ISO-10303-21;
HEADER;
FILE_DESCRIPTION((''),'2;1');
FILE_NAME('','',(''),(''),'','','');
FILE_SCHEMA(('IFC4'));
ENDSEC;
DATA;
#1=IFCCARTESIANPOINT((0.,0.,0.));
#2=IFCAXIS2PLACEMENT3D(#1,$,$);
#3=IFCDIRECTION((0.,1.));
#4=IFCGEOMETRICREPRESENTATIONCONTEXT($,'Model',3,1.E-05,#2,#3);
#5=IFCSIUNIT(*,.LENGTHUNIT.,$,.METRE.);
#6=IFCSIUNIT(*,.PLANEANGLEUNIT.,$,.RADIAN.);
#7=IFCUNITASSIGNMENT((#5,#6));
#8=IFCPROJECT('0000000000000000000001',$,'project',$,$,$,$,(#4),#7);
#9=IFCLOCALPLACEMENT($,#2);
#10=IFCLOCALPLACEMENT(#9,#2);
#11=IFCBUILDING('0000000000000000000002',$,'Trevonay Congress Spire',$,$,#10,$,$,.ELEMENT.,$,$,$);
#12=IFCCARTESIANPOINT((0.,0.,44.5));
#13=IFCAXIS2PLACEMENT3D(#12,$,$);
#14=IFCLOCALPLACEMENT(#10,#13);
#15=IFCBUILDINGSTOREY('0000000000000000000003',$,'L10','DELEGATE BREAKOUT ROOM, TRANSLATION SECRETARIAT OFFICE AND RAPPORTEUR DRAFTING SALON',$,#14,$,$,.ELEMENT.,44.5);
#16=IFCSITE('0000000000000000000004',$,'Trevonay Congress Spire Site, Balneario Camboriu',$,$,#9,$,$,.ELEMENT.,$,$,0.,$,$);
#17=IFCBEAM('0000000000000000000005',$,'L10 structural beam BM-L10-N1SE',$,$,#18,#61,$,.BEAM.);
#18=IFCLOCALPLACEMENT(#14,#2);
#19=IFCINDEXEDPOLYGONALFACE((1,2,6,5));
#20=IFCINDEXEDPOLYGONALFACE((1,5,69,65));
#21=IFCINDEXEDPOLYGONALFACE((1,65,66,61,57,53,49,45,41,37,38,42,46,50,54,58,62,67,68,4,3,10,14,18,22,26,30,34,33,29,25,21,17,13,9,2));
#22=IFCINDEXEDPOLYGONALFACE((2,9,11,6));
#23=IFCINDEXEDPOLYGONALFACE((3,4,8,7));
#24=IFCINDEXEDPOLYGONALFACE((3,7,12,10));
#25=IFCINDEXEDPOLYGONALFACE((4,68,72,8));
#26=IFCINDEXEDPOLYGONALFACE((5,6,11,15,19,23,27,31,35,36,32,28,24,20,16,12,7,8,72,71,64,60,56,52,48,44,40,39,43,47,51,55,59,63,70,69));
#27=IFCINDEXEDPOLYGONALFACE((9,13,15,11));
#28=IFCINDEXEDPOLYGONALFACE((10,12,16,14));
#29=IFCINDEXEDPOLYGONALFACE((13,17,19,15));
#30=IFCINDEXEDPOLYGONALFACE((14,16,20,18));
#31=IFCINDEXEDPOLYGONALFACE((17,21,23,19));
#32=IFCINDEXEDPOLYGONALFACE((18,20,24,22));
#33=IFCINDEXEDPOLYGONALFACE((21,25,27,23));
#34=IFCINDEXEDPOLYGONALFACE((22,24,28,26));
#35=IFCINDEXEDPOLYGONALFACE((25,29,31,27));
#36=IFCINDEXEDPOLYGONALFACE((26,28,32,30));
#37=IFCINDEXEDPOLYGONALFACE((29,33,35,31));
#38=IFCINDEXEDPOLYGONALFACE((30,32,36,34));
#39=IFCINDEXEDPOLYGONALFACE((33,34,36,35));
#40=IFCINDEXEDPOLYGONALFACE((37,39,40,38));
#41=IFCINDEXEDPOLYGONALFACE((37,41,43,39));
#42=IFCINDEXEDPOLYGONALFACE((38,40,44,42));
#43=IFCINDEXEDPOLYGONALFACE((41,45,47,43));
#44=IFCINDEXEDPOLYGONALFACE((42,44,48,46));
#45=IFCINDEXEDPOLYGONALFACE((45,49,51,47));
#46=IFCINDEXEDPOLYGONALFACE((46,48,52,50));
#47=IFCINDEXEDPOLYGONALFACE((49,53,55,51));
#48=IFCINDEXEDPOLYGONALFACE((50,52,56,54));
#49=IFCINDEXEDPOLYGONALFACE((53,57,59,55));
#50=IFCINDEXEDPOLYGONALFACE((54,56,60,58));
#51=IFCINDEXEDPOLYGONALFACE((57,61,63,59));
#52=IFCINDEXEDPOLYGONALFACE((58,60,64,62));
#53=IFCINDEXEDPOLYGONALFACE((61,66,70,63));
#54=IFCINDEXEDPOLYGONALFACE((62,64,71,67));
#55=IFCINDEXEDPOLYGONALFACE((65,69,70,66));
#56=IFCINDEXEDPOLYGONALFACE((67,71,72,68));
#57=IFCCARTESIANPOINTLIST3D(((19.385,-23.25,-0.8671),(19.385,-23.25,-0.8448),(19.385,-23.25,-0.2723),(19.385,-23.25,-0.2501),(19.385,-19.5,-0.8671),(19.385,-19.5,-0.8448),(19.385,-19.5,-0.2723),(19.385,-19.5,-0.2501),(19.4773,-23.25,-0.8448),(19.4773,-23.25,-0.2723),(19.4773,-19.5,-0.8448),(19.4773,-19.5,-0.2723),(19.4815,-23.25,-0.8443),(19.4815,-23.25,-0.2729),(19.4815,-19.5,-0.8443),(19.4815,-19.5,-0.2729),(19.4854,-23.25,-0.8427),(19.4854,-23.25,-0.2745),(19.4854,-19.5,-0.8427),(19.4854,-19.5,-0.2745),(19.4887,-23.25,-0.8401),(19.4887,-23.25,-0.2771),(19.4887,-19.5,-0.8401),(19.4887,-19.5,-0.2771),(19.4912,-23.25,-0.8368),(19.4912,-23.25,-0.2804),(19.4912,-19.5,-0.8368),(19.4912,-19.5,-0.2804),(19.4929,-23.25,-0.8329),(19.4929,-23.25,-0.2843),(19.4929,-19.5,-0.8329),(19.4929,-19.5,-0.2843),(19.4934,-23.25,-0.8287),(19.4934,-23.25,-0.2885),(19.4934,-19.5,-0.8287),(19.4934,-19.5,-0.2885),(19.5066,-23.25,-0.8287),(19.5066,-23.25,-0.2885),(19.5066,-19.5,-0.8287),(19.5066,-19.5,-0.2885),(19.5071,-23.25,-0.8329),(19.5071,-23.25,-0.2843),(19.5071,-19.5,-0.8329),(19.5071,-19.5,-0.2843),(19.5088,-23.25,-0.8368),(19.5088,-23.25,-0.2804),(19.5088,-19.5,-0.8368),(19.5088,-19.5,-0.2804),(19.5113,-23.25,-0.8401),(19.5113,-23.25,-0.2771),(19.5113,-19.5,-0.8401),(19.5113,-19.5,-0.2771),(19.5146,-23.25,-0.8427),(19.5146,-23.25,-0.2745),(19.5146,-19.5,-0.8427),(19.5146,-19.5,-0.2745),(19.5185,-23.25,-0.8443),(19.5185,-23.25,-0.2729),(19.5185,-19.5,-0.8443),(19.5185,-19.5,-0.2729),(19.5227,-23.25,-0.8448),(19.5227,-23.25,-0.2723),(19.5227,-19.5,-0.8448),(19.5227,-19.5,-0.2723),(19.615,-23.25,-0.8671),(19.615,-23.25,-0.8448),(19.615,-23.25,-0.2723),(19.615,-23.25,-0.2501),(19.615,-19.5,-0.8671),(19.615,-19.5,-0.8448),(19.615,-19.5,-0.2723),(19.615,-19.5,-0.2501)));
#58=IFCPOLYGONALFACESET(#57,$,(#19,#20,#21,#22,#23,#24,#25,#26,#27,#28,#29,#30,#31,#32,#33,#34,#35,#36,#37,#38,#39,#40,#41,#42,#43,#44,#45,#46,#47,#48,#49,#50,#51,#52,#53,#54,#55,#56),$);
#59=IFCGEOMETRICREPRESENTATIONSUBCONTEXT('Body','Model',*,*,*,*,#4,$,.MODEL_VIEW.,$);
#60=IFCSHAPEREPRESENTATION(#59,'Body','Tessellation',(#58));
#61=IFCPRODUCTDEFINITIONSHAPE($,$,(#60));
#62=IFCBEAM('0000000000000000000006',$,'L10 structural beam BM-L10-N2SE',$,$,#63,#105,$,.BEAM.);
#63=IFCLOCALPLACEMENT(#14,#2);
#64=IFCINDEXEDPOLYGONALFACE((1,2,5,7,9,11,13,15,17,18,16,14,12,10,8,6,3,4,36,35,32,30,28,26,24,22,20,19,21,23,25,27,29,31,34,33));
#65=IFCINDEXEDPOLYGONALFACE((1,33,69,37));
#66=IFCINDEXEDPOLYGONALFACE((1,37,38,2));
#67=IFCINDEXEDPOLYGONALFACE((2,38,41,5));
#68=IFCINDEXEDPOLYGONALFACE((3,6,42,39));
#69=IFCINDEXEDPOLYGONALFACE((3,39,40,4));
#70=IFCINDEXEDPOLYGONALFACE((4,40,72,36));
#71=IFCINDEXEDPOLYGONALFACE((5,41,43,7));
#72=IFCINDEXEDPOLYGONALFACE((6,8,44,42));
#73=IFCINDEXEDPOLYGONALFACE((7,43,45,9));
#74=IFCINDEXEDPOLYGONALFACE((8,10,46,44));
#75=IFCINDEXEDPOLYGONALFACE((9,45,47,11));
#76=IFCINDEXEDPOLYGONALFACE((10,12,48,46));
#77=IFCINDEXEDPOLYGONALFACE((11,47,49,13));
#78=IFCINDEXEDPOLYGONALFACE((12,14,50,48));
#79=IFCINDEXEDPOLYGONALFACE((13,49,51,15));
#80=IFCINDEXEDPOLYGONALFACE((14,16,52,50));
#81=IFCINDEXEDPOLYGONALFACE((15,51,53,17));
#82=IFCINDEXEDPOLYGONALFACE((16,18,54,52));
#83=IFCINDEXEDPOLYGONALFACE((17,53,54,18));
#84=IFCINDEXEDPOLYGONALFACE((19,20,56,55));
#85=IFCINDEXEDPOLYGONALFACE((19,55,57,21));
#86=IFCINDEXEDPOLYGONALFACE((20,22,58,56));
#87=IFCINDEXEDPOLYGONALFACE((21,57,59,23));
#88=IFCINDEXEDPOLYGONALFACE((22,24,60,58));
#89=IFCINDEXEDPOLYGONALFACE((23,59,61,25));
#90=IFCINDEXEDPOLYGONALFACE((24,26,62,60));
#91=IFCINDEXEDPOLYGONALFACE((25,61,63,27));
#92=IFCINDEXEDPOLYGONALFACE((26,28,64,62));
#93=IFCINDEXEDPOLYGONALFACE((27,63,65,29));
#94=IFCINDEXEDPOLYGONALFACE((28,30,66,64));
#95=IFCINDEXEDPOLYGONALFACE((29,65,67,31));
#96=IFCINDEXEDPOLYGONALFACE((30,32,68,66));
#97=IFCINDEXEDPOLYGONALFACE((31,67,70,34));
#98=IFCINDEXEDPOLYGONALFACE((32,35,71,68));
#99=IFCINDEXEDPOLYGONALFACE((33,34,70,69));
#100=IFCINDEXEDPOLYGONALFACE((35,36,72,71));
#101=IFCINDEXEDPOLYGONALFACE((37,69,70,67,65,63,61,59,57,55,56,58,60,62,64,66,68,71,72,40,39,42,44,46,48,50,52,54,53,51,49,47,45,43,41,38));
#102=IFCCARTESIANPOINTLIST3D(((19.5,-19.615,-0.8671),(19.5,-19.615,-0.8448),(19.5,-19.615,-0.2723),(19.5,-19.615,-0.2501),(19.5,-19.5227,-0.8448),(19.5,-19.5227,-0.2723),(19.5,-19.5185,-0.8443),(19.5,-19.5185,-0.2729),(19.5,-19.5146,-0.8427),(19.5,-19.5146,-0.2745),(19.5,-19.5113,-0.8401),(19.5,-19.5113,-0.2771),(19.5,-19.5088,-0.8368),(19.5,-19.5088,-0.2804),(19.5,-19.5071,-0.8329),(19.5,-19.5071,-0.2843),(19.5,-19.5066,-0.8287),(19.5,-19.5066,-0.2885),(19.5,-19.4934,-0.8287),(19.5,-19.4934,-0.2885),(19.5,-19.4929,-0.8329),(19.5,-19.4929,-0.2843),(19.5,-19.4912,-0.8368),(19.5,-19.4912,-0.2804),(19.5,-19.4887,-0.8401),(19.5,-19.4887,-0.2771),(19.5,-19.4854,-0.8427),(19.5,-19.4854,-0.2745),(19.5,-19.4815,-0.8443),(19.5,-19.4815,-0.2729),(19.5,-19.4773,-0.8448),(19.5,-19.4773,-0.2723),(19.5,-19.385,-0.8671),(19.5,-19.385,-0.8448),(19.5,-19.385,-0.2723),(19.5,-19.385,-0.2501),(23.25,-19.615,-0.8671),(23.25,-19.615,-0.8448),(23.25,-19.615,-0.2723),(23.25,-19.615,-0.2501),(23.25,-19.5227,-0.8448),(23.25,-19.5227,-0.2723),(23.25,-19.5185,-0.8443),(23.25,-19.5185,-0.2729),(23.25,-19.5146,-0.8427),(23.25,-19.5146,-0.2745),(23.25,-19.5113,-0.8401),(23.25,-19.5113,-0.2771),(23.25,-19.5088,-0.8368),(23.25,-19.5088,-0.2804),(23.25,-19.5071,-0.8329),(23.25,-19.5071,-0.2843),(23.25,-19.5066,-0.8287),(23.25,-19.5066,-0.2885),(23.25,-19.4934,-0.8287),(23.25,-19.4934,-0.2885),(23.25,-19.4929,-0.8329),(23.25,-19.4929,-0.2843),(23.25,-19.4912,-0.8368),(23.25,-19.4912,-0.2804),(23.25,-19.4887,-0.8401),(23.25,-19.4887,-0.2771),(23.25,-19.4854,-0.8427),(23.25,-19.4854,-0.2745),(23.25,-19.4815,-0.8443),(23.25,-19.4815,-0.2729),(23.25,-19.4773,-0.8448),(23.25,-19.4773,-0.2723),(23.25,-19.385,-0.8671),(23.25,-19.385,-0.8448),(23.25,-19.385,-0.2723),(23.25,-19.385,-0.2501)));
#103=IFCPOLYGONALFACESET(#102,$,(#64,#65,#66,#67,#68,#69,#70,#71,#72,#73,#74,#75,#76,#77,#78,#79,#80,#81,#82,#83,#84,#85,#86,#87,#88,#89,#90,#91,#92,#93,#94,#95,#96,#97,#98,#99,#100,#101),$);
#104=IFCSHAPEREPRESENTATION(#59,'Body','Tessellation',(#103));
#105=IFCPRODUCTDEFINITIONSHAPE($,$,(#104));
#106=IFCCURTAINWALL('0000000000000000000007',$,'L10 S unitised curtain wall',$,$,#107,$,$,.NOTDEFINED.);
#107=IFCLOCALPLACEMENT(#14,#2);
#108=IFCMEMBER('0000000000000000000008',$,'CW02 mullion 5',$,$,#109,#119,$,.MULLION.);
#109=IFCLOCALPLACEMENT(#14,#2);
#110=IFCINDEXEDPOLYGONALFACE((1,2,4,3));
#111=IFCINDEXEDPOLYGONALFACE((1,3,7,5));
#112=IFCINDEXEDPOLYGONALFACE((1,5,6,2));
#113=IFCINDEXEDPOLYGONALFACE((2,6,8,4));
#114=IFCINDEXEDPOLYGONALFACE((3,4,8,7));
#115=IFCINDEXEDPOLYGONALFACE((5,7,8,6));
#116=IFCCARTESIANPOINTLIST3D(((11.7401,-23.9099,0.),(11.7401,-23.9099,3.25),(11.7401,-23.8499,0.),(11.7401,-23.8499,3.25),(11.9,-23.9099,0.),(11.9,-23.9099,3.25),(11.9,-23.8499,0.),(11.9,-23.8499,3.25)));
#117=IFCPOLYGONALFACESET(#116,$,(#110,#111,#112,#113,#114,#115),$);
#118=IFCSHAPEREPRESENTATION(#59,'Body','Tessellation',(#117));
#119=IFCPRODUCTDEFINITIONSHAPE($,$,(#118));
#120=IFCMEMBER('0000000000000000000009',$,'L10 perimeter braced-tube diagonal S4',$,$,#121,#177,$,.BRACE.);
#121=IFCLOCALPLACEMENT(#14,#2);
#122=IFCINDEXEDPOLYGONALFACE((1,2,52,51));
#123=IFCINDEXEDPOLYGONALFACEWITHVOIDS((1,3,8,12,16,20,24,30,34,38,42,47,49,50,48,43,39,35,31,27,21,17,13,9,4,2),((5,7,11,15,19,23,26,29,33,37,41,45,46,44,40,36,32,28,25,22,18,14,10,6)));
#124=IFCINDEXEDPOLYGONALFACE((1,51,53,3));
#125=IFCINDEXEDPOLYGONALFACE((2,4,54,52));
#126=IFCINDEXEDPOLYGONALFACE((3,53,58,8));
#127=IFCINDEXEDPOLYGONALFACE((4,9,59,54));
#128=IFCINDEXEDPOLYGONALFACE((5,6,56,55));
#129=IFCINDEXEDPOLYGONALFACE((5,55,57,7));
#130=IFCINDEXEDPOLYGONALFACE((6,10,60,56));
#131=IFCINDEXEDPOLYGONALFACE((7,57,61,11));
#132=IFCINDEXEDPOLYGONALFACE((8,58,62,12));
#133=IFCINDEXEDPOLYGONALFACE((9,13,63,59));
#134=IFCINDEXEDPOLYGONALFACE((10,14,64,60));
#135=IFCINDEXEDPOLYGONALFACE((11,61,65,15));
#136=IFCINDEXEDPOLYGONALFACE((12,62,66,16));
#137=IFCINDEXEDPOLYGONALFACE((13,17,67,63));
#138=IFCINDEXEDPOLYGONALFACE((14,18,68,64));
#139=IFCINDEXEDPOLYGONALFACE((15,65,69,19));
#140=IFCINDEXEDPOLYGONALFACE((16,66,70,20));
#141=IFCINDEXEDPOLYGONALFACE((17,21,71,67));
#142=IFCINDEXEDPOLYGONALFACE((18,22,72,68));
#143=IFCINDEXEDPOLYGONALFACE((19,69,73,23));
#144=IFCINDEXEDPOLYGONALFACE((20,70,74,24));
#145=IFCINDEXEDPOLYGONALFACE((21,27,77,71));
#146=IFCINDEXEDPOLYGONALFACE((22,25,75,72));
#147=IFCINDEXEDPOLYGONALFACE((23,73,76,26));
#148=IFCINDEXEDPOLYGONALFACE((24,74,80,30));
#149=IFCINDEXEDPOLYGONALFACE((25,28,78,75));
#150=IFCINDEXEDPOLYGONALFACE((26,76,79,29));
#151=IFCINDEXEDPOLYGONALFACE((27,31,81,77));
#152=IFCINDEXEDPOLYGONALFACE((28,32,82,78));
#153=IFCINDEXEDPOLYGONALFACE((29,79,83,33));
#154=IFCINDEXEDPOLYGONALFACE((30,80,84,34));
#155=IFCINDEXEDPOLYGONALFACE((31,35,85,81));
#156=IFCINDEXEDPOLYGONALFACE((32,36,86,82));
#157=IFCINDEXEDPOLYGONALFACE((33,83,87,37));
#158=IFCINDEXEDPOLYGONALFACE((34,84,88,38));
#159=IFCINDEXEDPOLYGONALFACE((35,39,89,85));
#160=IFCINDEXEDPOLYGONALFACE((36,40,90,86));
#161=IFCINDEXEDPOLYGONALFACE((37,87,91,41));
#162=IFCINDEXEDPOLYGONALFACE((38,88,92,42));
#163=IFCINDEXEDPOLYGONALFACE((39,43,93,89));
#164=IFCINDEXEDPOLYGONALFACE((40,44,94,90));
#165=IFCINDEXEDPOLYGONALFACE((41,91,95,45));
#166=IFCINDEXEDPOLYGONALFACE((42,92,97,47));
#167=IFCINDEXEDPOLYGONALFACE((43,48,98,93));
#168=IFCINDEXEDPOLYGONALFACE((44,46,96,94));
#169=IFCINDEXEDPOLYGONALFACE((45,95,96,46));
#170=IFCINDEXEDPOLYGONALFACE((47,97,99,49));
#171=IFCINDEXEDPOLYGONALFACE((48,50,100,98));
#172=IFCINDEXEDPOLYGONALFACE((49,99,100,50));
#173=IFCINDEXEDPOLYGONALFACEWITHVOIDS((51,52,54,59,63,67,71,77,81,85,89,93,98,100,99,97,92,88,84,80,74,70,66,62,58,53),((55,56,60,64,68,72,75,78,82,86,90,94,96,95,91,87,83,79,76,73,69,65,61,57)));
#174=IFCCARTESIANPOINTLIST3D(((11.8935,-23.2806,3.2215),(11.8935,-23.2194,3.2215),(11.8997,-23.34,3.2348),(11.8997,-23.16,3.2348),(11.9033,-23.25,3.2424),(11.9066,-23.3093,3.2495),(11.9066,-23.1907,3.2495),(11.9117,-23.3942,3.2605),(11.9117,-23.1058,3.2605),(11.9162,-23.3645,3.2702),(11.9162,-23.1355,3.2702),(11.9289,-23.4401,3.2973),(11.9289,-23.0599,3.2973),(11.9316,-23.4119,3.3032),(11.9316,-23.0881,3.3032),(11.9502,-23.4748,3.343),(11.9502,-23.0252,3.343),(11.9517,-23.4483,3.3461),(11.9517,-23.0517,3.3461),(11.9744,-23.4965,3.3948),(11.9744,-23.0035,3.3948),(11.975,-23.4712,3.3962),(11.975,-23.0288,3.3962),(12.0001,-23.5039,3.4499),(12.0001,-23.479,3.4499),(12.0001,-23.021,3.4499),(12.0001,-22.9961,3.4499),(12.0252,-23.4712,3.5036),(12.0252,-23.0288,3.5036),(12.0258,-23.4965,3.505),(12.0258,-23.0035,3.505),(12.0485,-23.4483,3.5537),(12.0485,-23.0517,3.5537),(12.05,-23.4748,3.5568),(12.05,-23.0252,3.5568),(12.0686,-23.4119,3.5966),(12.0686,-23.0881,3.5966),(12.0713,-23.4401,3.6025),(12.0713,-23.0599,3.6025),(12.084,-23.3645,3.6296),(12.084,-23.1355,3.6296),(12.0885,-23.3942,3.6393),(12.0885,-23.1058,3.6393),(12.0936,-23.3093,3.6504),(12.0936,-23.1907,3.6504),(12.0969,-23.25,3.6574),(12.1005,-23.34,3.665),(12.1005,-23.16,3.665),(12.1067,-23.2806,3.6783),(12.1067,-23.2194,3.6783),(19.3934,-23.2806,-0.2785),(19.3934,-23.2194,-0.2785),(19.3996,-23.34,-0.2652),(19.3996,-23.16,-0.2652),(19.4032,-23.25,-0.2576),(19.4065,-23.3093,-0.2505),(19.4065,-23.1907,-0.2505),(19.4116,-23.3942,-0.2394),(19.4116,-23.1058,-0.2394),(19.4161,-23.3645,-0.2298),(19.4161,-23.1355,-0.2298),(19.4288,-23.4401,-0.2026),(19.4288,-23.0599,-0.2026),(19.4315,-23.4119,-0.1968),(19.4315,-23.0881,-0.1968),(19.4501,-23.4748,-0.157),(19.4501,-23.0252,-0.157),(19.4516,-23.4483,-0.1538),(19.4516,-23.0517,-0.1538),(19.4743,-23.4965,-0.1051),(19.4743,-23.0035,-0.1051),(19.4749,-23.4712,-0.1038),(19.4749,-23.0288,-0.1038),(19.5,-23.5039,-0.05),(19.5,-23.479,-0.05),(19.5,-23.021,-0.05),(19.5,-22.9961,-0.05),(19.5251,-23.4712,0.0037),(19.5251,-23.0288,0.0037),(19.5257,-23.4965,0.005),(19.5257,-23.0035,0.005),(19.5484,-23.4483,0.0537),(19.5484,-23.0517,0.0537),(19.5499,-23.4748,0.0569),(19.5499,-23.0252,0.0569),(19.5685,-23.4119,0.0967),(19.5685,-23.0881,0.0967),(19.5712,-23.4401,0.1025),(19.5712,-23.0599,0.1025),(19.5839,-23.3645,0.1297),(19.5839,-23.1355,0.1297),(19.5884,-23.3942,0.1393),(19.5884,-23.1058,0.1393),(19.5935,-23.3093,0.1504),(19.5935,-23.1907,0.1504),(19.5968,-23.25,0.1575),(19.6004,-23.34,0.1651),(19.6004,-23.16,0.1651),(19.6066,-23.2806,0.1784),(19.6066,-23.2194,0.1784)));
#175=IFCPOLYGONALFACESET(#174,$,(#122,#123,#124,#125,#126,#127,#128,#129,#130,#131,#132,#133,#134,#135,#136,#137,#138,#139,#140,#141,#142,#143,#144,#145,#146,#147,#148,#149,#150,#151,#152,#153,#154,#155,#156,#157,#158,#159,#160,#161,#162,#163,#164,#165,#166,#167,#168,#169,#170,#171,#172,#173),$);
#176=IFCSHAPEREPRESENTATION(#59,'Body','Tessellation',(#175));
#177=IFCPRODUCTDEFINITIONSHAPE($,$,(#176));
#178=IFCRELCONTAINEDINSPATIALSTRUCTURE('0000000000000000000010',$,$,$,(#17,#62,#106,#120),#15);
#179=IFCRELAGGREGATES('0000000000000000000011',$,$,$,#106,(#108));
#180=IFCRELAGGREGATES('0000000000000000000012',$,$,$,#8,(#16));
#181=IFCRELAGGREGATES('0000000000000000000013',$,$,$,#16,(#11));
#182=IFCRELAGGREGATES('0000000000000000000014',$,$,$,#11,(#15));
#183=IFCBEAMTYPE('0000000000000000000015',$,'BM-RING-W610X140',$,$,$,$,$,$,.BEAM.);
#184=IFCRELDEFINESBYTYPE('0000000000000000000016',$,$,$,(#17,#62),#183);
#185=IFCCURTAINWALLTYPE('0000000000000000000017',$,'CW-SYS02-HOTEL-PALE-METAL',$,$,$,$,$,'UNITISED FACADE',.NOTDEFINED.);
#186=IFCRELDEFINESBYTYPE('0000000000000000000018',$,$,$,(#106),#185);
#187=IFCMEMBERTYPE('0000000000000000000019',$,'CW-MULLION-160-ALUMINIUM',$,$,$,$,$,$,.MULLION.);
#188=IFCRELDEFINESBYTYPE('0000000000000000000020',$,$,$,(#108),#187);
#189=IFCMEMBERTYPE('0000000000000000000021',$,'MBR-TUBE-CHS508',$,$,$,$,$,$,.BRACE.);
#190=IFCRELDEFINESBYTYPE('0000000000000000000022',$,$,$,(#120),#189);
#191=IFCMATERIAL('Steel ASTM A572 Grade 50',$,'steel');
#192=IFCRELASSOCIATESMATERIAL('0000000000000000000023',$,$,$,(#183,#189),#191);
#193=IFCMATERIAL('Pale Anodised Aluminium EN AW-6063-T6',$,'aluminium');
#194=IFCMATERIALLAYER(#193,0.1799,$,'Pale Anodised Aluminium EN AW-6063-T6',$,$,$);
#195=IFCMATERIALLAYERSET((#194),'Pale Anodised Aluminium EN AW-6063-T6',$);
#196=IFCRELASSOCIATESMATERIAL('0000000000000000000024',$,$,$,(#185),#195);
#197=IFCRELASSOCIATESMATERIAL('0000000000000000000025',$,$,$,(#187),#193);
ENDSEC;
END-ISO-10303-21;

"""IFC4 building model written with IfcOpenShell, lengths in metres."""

from ifc_helpers import new_model, si_unit, direction, frame, origin, origin_2d, place, context, subcontext, project, spatial, rectangle, hollow_circle, i_section, extrude, material, layer, layer_set, material_profile, profile_set, type_object, element, aggregate, save


model = new_model("IFC4")

# Units and contexts
model_context = context("Model", 3, precision=1e-05, world=origin(), true_north=direction((0.0, 1.0)))
body_context = subcontext(model_context, "Body", "Model", "MODEL_VIEW")
ifc_project = project(units=[si_unit("LENGTHUNIT", "METRE"), si_unit("PLANEANGLEUNIT", "RADIAN")], contexts=[model_context])

# Site, building, storey
site_placement = place(None, origin())
site = spatial("IfcSite", under=ifc_project, at=site_placement, Name="Trevonay Congress Spire Site, Balneario Camboriu", CompositionType="ELEMENT", RefElevation=0.0)
building_placement = place(site_placement, origin())
building = spatial("IfcBuilding", under=site, at=building_placement, Name="Trevonay Congress Spire", CompositionType="ELEMENT")
storey_placement = place(building_placement, frame((0.0, 0.0, 44.5)))
storey = spatial("IfcBuildingStorey", under=building, at=storey_placement, Name="L10", Description="DELEGATE BREAKOUT ROOM, TRANSLATION SECRETARIAT OFFICE AND RAPPORTEUR DRAFTING SALON", CompositionType="ELEMENT", Elevation=44.5)

# Shared definitions
ifc_material_1 = material(Name="Steel ASTM A572 Grade 50", Category="steel")

# Beams
ifc_material_profile_1 = material_profile(ifc_material_1, i_section(OverallWidth=0.23, OverallDepth=0.6169, WebThickness=0.0132, FlangeThickness=0.0222, FilletRadius=0.0161, at=origin_2d()), Name="W610x140")
ifc_profile_set_1 = profile_set([ifc_material_profile_1], Name="Steel ASTM A572 Grade 50")
beam_type = type_object("IfcBeamType", Name="BM-RING-W610X140", PredefinedType="BEAM", material=ifc_profile_set_1)
for number, where, z_axis, x_axis, name in (
    (1, (19.5, -23.25, -0.5586), (0.0, 1.0, 0.0), (-1.0, 0.0, 0.0), "L10 structural beam BM-L10-N1SE"),
    (2, (23.25, -19.5, -0.5586), (-1.0, 0.0, 0.0), (0.0, -1.0, 0.0), "L10 structural beam BM-L10-N2SE"),
):
    element("IfcBeam", number, at=place(storey_placement, frame(where, z_axis=z_axis, x_axis=x_axis)), inside=storey, type_object=beam_type, Name=name, PredefinedType="BEAM", context=body_context, shape_type="SweptSolid", body=[
        extrude(i_section(OverallWidth=0.23, OverallDepth=0.6169, WebThickness=0.0132, FlangeThickness=0.0222, FilletRadius=0.0161, at=origin_2d()), origin(), (0.0, 0.0, 1.0), 3.75),
    ])

# Curtain wall, member
ifc_material_2 = material(Name="Pale Anodised Aluminium EN AW-6063-T6", Category="aluminium")
ifc_layer_1 = layer(ifc_material_2, 0.1799, Name="Pale Anodised Aluminium EN AW-6063-T6")
ifc_layer_set_1 = layer_set([ifc_layer_1], Name="Pale Anodised Aluminium EN AW-6063-T6")
curtain_wall_type = type_object("IfcCurtainWallType", Name="CW-SYS02-HOTEL-PALE-METAL", ElementType="UNITISED FACADE", PredefinedType="NOTDEFINED", material=ifc_layer_set_1)
curtain_wall_placement = place(storey_placement, origin())
curtain_wall = element("IfcCurtainWall", 3, at=curtain_wall_placement, inside=storey, type_object=curtain_wall_type, Name="L10 S unitised curtain wall", PredefinedType="NOTDEFINED")
ifc_material_profile_2 = material_profile(ifc_material_2, rectangle(XDim=0.0601, YDim=0.1599, at=origin_2d()), Name="CW-MULLION-160-ALUMINIUM")
ifc_profile_set_2 = profile_set([ifc_material_profile_2], Name="Pale Anodised Aluminium EN AW-6063-T6")
member_type_1 = type_object("IfcMemberType", Name="CW-MULLION-160-ALUMINIUM", PredefinedType="MULLION", material=ifc_profile_set_2)
member_placement = place(storey_placement, frame((11.8201, -23.8799, 0.0), z_axis=(0.0, 0.0, 1.0), x_axis=(0.0, 1.0, 0.0)))
member = element("IfcMember", 4, at=member_placement, type_object=member_type_1, Name="CW02 mullion 5", PredefinedType="MULLION", context=body_context, shape_type="SweptSolid", body=[
    extrude(rectangle(XDim=0.0601, YDim=0.1599, at=origin_2d()), origin(), (0.0, 0.0, 1.0), 3.25),
])

# Member
ifc_material_profile_3 = material_profile(ifc_material_1, hollow_circle(Radius=0.2539, WallThickness=0.0249, at=origin_2d()), Name="CHS 508x25")
ifc_profile_set_3 = profile_set([ifc_material_profile_3], Name="Steel ASTM A572 Grade 50")
member_type_2 = type_object("IfcMemberType", Name="MBR-TUBE-CHS508", PredefinedType="BRACE", material=ifc_profile_set_3)
for number, where, z_axis, x_axis, name in (
    (5, (19.5, -23.25, -0.05), (-0.906183, 0.0, 0.422885), (0.0, -1.0, 0.0), "L10 perimeter braced-tube diagonal S4"),
):
    element("IfcMember", number, at=place(storey_placement, frame(where, z_axis=z_axis, x_axis=x_axis)), inside=storey, type_object=member_type_2, Name=name, PredefinedType="BRACE", context=body_context, shape_type="SweptSolid", body=[
        extrude(hollow_circle(Radius=0.2539, WallThickness=0.0249, at=origin_2d()), origin(), (0.0, 0.0, 1.0), 8.2764),
    ])

aggregate(curtain_wall, [member])

save(model, "model.ifc")
